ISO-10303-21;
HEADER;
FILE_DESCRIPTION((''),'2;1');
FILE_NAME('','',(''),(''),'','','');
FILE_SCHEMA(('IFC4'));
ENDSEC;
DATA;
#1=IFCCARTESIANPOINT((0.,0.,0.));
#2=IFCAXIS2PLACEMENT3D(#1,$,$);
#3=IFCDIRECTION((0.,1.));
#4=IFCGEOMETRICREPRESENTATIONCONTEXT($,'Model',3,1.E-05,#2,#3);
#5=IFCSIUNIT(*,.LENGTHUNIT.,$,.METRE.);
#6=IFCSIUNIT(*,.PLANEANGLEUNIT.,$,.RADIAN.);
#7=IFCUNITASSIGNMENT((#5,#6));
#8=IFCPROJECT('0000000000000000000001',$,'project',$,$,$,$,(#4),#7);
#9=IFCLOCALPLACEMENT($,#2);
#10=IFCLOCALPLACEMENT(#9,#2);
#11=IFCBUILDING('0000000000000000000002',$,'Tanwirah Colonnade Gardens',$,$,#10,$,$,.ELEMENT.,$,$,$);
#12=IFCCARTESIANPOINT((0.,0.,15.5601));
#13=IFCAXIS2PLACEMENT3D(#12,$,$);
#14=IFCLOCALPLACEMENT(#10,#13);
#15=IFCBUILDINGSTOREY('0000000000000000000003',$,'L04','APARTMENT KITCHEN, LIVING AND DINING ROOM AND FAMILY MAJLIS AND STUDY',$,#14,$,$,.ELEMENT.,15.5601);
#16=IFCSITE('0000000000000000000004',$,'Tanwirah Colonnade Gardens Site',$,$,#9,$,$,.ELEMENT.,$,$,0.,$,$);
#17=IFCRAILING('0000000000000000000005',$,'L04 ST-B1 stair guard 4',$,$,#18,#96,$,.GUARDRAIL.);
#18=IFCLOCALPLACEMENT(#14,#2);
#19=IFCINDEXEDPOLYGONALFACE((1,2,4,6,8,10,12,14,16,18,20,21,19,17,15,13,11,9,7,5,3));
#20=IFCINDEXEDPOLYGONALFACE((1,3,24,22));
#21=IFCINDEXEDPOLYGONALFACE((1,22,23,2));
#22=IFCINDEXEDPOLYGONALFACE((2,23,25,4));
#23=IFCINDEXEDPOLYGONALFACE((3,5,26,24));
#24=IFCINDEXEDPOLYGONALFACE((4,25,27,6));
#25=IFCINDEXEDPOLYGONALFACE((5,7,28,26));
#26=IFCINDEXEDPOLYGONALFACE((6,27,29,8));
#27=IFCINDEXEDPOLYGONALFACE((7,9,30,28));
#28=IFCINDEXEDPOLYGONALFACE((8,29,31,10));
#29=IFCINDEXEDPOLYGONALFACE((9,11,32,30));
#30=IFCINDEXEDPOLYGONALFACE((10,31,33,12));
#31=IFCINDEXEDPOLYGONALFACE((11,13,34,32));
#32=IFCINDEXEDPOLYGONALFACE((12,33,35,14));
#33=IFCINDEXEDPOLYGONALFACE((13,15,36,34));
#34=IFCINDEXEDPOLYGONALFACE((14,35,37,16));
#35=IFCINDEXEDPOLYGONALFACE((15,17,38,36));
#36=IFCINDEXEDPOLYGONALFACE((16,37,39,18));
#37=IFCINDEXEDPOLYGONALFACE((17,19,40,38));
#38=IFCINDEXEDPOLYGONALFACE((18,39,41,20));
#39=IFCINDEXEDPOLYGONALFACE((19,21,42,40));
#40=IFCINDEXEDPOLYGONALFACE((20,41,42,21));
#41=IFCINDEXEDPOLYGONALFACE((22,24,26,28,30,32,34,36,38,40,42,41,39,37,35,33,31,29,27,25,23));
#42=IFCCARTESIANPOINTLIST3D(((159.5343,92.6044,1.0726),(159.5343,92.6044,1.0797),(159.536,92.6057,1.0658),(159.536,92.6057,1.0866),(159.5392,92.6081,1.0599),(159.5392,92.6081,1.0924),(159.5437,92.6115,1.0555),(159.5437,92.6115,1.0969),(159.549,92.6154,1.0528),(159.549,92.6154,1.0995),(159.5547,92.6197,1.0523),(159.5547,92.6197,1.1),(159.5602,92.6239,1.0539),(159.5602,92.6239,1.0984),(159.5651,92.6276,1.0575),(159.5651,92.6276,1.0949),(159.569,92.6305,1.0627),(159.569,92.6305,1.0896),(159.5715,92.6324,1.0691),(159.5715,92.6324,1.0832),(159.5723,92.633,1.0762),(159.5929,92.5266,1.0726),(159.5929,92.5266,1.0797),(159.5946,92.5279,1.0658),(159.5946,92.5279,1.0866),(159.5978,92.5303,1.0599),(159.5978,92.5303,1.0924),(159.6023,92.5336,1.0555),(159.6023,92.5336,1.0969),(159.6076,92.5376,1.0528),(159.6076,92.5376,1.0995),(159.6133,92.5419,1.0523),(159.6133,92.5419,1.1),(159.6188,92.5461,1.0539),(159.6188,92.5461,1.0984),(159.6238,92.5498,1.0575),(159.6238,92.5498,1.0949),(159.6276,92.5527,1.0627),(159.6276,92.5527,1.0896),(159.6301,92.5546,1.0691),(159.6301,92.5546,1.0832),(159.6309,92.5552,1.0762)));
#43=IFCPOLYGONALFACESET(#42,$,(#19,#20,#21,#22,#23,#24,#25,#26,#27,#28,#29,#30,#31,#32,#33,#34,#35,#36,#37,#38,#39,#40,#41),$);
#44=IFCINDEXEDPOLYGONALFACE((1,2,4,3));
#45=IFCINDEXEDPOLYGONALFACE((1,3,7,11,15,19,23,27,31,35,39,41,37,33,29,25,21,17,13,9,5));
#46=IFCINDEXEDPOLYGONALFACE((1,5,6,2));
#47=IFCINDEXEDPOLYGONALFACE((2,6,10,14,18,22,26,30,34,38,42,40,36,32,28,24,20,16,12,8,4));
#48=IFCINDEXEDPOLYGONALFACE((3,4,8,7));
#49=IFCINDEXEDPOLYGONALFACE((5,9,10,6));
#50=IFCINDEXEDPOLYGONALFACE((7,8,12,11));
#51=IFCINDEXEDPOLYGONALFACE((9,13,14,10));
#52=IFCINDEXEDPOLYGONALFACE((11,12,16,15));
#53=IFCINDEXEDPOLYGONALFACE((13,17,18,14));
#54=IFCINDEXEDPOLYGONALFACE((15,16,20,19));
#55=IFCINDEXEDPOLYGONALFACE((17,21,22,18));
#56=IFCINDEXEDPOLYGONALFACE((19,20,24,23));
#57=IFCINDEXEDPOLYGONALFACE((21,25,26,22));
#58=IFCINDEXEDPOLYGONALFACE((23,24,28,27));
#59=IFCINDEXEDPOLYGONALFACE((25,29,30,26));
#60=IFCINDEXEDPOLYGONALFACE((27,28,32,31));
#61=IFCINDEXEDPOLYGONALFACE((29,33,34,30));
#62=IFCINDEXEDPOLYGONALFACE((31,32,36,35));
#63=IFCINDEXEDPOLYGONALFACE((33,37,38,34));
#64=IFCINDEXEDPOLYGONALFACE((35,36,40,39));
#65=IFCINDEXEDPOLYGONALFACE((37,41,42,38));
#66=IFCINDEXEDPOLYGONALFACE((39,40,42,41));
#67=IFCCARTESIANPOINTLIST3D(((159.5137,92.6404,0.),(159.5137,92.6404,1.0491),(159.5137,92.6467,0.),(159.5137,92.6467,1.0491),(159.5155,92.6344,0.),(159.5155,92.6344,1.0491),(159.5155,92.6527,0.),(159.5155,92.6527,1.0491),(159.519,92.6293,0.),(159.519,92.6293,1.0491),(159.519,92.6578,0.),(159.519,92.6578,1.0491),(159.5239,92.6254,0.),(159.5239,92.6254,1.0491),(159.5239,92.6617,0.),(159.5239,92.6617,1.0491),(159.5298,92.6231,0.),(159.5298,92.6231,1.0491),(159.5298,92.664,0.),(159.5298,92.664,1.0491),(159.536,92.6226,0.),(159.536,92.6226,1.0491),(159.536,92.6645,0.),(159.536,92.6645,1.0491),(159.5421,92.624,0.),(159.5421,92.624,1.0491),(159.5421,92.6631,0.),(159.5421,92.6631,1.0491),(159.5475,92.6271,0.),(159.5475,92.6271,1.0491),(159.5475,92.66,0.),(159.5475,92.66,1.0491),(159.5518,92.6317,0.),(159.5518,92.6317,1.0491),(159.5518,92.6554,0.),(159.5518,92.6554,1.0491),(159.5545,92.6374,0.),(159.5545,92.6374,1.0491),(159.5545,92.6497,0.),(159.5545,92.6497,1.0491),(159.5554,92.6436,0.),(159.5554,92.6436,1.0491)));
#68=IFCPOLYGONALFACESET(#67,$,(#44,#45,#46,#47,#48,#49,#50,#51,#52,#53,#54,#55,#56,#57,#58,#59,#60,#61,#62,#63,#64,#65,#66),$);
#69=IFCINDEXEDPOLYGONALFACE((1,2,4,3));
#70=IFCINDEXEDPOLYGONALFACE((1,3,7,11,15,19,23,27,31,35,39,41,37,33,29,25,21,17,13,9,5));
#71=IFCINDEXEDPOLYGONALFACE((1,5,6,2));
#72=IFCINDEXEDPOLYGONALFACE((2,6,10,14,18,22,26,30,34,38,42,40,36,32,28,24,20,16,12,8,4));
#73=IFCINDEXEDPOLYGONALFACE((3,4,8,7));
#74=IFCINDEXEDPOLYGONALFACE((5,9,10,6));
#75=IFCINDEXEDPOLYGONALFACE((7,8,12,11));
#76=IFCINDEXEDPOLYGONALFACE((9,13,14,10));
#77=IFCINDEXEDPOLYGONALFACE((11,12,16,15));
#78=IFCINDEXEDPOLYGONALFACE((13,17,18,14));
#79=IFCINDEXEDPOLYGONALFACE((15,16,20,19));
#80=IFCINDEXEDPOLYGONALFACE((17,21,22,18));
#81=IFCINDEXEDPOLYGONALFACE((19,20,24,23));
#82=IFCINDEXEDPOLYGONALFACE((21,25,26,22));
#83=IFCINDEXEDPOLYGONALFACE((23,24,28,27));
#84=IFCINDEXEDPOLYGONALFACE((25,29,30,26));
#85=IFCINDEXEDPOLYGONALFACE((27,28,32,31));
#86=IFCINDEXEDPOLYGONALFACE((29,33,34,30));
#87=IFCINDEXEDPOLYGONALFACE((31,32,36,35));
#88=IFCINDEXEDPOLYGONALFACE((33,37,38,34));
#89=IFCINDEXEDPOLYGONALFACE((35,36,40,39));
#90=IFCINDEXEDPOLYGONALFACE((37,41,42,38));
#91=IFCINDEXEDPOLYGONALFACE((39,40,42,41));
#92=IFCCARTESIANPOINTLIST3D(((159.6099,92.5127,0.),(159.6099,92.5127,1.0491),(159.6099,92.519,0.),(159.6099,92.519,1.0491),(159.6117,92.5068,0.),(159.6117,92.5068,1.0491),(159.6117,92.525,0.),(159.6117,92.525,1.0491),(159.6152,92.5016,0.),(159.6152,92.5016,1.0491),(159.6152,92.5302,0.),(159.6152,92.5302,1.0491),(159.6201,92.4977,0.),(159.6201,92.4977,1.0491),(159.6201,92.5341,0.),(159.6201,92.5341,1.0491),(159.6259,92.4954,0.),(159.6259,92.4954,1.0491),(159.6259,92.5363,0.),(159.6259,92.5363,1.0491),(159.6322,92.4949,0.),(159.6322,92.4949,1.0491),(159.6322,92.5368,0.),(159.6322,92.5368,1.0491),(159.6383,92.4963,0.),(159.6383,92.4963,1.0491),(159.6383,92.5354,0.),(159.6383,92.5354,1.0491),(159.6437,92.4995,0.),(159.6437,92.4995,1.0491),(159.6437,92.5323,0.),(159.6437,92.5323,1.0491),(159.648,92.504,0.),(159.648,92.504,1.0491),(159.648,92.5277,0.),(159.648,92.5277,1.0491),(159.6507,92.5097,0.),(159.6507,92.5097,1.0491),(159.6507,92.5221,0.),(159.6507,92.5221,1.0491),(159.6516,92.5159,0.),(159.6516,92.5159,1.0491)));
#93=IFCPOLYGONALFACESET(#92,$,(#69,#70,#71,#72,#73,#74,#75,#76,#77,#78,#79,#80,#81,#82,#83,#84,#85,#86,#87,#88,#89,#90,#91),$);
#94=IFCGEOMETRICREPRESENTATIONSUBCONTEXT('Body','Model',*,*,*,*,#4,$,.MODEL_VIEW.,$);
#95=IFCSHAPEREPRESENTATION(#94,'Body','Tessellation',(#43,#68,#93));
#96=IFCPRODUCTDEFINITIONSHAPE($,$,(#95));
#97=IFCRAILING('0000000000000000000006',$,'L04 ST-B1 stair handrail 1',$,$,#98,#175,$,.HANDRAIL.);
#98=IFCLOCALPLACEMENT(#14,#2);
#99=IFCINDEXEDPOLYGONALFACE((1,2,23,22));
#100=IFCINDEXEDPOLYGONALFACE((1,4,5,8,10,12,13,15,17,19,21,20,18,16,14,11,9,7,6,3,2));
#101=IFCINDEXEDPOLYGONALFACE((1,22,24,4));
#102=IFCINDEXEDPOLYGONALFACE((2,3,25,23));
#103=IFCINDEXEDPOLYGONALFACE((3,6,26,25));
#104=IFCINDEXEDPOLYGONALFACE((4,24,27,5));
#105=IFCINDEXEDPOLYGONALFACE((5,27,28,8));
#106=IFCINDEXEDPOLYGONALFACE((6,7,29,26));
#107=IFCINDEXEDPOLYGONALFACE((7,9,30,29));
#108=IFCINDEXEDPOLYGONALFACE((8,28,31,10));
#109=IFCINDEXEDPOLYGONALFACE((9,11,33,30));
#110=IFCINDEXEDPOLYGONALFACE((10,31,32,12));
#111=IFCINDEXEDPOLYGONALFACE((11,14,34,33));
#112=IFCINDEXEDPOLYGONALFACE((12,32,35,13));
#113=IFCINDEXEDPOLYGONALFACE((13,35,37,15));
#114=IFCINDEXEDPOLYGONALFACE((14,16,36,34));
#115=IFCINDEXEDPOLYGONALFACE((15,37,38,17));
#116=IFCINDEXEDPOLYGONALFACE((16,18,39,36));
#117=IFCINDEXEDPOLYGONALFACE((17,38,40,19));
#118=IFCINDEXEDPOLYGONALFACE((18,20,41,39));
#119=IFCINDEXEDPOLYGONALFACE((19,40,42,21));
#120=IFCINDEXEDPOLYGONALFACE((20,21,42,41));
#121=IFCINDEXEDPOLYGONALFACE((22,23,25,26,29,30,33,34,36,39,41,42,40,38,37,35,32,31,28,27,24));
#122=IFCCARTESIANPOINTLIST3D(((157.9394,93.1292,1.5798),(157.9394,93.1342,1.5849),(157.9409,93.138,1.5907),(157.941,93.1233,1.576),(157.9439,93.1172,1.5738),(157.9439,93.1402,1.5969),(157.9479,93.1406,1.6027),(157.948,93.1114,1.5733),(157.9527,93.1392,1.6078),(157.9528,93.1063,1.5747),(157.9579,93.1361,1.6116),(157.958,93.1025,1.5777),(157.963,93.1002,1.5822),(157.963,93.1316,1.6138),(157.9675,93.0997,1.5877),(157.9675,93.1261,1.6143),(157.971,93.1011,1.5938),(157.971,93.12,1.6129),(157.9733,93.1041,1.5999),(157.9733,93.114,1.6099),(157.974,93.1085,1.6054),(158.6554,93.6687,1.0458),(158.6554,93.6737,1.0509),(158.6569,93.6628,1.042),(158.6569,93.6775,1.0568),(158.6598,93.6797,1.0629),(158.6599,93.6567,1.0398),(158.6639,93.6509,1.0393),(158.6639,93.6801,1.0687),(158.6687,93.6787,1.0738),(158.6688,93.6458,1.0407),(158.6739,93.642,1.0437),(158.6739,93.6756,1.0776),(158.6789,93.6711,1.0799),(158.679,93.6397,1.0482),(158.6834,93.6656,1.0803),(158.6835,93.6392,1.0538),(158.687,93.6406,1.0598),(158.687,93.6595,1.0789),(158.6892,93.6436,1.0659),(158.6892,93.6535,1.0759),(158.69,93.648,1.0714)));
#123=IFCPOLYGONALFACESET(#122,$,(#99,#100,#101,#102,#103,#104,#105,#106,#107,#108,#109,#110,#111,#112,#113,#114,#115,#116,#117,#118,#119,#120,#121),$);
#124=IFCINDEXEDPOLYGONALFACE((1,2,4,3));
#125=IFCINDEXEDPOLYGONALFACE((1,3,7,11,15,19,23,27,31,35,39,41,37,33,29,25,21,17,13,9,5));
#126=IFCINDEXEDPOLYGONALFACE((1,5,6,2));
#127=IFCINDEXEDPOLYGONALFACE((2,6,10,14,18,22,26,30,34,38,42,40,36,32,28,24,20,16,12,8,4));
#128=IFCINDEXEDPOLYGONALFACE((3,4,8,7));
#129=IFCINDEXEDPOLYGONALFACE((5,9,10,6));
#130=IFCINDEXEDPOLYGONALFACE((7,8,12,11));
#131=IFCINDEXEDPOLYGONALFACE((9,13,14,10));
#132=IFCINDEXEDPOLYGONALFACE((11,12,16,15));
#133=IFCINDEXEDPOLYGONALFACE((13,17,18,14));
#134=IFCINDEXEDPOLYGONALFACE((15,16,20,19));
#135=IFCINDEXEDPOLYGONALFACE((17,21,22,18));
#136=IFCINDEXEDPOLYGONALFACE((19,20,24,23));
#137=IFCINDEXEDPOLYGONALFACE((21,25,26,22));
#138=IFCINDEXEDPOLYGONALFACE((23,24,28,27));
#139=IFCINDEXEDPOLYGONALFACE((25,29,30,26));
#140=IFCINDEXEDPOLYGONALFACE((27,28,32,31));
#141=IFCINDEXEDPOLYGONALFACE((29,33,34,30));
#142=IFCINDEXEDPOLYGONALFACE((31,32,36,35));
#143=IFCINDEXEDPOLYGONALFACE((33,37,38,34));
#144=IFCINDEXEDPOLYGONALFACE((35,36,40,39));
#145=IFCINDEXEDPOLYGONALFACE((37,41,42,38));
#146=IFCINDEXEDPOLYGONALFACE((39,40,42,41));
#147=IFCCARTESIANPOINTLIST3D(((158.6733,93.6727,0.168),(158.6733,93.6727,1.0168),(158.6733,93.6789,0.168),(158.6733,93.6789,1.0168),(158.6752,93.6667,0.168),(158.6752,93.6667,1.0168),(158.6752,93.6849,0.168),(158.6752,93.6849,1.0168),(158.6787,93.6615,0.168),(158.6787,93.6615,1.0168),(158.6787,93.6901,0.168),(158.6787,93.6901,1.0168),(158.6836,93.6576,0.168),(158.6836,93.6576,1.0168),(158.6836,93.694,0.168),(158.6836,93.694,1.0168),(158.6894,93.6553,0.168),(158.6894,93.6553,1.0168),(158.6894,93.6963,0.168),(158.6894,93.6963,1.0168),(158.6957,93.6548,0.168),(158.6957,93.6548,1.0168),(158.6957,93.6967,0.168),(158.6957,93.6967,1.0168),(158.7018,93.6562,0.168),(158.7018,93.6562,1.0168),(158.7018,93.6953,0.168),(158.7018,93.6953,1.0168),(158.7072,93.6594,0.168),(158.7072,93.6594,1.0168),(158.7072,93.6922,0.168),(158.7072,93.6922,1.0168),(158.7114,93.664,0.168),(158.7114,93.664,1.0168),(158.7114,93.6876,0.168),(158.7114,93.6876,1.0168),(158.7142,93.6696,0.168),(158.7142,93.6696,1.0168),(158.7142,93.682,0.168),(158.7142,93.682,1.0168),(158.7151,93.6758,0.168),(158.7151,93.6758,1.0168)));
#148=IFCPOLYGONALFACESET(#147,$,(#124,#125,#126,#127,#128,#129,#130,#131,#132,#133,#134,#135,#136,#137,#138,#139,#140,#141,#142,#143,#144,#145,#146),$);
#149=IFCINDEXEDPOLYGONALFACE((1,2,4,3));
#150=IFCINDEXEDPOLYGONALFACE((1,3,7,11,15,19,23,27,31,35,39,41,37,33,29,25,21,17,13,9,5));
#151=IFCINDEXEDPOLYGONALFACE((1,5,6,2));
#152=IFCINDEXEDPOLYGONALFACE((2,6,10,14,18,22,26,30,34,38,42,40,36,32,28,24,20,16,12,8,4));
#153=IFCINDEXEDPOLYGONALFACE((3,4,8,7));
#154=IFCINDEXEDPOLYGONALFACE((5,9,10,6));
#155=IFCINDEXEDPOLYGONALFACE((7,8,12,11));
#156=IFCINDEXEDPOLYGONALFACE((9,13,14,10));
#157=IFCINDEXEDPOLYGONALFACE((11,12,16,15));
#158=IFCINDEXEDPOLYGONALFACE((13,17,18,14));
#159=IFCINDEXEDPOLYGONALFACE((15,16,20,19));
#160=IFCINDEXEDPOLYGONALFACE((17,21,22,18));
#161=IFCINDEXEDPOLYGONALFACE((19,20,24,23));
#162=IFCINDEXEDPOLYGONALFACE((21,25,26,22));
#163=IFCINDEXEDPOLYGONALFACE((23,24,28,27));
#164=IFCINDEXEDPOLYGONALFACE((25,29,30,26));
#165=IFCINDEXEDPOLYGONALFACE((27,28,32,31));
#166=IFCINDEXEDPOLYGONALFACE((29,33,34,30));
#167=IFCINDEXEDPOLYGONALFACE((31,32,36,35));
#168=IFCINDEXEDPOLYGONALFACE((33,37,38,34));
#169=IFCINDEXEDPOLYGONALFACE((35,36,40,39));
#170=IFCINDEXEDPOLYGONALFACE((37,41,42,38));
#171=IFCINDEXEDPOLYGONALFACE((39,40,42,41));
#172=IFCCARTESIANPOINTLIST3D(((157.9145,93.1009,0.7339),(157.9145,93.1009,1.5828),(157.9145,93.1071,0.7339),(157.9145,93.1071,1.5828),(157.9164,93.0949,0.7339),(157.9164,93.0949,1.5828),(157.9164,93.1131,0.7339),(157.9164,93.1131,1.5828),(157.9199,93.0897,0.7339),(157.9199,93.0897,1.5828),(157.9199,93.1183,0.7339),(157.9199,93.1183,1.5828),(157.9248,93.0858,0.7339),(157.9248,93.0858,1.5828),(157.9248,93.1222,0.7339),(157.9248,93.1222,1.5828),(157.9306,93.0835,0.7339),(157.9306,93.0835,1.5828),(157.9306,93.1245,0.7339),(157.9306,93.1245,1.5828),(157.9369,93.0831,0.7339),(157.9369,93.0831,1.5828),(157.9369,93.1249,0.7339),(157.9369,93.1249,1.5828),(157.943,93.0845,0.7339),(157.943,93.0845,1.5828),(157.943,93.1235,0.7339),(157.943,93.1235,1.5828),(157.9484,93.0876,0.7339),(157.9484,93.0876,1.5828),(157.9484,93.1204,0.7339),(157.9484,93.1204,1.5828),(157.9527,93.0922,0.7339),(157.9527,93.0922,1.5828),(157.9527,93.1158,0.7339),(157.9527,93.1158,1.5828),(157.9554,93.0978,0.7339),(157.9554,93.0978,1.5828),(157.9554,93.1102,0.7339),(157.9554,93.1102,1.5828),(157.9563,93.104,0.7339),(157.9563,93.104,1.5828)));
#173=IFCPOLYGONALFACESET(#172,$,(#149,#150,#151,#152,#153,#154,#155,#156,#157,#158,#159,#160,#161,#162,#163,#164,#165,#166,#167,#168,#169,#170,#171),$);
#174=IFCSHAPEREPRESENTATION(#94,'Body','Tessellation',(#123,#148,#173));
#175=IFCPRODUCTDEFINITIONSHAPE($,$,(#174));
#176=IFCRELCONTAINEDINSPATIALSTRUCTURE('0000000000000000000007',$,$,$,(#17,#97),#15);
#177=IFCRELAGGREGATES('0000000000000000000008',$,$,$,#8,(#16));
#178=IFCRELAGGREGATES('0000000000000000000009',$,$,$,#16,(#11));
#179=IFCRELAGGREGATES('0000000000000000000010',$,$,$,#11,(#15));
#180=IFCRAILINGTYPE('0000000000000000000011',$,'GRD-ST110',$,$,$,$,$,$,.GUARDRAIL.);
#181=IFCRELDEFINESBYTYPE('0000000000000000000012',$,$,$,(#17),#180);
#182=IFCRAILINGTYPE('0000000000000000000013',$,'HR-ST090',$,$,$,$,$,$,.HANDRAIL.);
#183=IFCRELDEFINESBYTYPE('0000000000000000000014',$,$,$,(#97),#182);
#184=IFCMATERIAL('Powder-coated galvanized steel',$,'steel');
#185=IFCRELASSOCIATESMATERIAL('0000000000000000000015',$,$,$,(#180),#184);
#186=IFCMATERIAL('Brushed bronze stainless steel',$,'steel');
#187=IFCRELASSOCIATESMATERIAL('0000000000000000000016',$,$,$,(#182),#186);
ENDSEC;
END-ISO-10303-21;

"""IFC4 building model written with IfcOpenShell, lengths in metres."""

from ifc_helpers import new_model, si_unit, direction, frame, origin, origin_2d, place, context, subcontext, project, spatial, circle, extrude, material, type_object, element, save


model = new_model("IFC4")

# Units and contexts
model_context = context("Model", 3, precision=1e-05, world=origin(), true_north=direction((0.0, 1.0)))
body_context = subcontext(model_context, "Body", "Model", "MODEL_VIEW")
ifc_project = project(units=[si_unit("LENGTHUNIT", "METRE"), si_unit("PLANEANGLEUNIT", "RADIAN")], contexts=[model_context])

# Site, building, storey
site_placement = place(None, origin())
site = spatial("IfcSite", under=ifc_project, at=site_placement, Name="Tanwirah Colonnade Gardens Site", CompositionType="ELEMENT", RefElevation=0.0)
building_placement = place(site_placement, origin())
building = spatial("IfcBuilding", under=site, at=building_placement, Name="Tanwirah Colonnade Gardens", CompositionType="ELEMENT")
storey_placement = place(building_placement, frame((0.0, 0.0, 15.5601)))
storey = spatial("IfcBuildingStorey", under=building, at=storey_placement, Name="L04", Description="APARTMENT KITCHEN, LIVING AND DINING ROOM AND FAMILY MAJLIS AND STUDY", CompositionType="ELEMENT", Elevation=15.5601)

# Railings
ifc_material_1 = material(Name="Powder-coated galvanized steel", Category="steel")
railing_type_1 = type_object("IfcRailingType", Name="GRD-ST110", PredefinedType="GUARDRAIL", material=ifc_material_1)
railing_1_placement = place(storey_placement, frame((159.5344, 92.6436, 0.0)))
element("IfcRailing", 1, at=railing_1_placement, inside=storey, type_object=railing_type_1, Name="L04 ST-B1 stair guard 4", PredefinedType="GUARDRAIL", context=body_context, shape_type="SweptSolid", body=[
    extrude(circle(Radius=0.0239, at=origin_2d()), frame((0.0188, -0.0249, 1.0762), z_axis=(0.601709, -0.798715, 0.0), x_axis=(0.798715, 0.601709, 0.0)), (0.0, 0.0, 1.0), 0.0974),
    extrude(circle(Radius=0.021, at=origin_2d()), origin(), (0.0, 0.0, 1.0), 1.0491),
    extrude(circle(Radius=0.021, at=origin_2d()), frame((0.0962, -0.1277, 0.0)), (0.0, 0.0, 1.0), 1.0491),
])
ifc_material_2 = material(Name="Brushed bronze stainless steel", Category="steel")
railing_type_2 = type_object("IfcRailingType", Name="HR-ST090", PredefinedType="HANDRAIL", material=ifc_material_2)
railing_2_placement = place(storey_placement, frame((158.6941, 93.6758, 0.168)))
element("IfcRailing", 2, at=railing_2_placement, inside=storey, type_object=railing_type_2, Name="L04 ST-B1 stair handrail 1", PredefinedType="HANDRAIL", context=body_context, shape_type="SweptSolid", body=[
    extrude(circle(Radius=0.0239, at=origin_2d()), frame((-0.0215, -0.0161, 0.8918), z_axis=(-0.686145, -0.517037, 0.511739), x_axis=(0.601807, -0.798641, 0.0)), (0.0, 0.0, 1.0), 1.0435),
    extrude(circle(Radius=0.021, at=origin_2d()), origin(), (0.0, 0.0, 1.0), 0.8489),
    extrude(circle(Radius=0.021, at=origin_2d()), frame((-0.7588, -0.5718, 0.5659)), (0.0, 0.0, 1.0), 0.8489),
])

save(model, "model.ifc")
